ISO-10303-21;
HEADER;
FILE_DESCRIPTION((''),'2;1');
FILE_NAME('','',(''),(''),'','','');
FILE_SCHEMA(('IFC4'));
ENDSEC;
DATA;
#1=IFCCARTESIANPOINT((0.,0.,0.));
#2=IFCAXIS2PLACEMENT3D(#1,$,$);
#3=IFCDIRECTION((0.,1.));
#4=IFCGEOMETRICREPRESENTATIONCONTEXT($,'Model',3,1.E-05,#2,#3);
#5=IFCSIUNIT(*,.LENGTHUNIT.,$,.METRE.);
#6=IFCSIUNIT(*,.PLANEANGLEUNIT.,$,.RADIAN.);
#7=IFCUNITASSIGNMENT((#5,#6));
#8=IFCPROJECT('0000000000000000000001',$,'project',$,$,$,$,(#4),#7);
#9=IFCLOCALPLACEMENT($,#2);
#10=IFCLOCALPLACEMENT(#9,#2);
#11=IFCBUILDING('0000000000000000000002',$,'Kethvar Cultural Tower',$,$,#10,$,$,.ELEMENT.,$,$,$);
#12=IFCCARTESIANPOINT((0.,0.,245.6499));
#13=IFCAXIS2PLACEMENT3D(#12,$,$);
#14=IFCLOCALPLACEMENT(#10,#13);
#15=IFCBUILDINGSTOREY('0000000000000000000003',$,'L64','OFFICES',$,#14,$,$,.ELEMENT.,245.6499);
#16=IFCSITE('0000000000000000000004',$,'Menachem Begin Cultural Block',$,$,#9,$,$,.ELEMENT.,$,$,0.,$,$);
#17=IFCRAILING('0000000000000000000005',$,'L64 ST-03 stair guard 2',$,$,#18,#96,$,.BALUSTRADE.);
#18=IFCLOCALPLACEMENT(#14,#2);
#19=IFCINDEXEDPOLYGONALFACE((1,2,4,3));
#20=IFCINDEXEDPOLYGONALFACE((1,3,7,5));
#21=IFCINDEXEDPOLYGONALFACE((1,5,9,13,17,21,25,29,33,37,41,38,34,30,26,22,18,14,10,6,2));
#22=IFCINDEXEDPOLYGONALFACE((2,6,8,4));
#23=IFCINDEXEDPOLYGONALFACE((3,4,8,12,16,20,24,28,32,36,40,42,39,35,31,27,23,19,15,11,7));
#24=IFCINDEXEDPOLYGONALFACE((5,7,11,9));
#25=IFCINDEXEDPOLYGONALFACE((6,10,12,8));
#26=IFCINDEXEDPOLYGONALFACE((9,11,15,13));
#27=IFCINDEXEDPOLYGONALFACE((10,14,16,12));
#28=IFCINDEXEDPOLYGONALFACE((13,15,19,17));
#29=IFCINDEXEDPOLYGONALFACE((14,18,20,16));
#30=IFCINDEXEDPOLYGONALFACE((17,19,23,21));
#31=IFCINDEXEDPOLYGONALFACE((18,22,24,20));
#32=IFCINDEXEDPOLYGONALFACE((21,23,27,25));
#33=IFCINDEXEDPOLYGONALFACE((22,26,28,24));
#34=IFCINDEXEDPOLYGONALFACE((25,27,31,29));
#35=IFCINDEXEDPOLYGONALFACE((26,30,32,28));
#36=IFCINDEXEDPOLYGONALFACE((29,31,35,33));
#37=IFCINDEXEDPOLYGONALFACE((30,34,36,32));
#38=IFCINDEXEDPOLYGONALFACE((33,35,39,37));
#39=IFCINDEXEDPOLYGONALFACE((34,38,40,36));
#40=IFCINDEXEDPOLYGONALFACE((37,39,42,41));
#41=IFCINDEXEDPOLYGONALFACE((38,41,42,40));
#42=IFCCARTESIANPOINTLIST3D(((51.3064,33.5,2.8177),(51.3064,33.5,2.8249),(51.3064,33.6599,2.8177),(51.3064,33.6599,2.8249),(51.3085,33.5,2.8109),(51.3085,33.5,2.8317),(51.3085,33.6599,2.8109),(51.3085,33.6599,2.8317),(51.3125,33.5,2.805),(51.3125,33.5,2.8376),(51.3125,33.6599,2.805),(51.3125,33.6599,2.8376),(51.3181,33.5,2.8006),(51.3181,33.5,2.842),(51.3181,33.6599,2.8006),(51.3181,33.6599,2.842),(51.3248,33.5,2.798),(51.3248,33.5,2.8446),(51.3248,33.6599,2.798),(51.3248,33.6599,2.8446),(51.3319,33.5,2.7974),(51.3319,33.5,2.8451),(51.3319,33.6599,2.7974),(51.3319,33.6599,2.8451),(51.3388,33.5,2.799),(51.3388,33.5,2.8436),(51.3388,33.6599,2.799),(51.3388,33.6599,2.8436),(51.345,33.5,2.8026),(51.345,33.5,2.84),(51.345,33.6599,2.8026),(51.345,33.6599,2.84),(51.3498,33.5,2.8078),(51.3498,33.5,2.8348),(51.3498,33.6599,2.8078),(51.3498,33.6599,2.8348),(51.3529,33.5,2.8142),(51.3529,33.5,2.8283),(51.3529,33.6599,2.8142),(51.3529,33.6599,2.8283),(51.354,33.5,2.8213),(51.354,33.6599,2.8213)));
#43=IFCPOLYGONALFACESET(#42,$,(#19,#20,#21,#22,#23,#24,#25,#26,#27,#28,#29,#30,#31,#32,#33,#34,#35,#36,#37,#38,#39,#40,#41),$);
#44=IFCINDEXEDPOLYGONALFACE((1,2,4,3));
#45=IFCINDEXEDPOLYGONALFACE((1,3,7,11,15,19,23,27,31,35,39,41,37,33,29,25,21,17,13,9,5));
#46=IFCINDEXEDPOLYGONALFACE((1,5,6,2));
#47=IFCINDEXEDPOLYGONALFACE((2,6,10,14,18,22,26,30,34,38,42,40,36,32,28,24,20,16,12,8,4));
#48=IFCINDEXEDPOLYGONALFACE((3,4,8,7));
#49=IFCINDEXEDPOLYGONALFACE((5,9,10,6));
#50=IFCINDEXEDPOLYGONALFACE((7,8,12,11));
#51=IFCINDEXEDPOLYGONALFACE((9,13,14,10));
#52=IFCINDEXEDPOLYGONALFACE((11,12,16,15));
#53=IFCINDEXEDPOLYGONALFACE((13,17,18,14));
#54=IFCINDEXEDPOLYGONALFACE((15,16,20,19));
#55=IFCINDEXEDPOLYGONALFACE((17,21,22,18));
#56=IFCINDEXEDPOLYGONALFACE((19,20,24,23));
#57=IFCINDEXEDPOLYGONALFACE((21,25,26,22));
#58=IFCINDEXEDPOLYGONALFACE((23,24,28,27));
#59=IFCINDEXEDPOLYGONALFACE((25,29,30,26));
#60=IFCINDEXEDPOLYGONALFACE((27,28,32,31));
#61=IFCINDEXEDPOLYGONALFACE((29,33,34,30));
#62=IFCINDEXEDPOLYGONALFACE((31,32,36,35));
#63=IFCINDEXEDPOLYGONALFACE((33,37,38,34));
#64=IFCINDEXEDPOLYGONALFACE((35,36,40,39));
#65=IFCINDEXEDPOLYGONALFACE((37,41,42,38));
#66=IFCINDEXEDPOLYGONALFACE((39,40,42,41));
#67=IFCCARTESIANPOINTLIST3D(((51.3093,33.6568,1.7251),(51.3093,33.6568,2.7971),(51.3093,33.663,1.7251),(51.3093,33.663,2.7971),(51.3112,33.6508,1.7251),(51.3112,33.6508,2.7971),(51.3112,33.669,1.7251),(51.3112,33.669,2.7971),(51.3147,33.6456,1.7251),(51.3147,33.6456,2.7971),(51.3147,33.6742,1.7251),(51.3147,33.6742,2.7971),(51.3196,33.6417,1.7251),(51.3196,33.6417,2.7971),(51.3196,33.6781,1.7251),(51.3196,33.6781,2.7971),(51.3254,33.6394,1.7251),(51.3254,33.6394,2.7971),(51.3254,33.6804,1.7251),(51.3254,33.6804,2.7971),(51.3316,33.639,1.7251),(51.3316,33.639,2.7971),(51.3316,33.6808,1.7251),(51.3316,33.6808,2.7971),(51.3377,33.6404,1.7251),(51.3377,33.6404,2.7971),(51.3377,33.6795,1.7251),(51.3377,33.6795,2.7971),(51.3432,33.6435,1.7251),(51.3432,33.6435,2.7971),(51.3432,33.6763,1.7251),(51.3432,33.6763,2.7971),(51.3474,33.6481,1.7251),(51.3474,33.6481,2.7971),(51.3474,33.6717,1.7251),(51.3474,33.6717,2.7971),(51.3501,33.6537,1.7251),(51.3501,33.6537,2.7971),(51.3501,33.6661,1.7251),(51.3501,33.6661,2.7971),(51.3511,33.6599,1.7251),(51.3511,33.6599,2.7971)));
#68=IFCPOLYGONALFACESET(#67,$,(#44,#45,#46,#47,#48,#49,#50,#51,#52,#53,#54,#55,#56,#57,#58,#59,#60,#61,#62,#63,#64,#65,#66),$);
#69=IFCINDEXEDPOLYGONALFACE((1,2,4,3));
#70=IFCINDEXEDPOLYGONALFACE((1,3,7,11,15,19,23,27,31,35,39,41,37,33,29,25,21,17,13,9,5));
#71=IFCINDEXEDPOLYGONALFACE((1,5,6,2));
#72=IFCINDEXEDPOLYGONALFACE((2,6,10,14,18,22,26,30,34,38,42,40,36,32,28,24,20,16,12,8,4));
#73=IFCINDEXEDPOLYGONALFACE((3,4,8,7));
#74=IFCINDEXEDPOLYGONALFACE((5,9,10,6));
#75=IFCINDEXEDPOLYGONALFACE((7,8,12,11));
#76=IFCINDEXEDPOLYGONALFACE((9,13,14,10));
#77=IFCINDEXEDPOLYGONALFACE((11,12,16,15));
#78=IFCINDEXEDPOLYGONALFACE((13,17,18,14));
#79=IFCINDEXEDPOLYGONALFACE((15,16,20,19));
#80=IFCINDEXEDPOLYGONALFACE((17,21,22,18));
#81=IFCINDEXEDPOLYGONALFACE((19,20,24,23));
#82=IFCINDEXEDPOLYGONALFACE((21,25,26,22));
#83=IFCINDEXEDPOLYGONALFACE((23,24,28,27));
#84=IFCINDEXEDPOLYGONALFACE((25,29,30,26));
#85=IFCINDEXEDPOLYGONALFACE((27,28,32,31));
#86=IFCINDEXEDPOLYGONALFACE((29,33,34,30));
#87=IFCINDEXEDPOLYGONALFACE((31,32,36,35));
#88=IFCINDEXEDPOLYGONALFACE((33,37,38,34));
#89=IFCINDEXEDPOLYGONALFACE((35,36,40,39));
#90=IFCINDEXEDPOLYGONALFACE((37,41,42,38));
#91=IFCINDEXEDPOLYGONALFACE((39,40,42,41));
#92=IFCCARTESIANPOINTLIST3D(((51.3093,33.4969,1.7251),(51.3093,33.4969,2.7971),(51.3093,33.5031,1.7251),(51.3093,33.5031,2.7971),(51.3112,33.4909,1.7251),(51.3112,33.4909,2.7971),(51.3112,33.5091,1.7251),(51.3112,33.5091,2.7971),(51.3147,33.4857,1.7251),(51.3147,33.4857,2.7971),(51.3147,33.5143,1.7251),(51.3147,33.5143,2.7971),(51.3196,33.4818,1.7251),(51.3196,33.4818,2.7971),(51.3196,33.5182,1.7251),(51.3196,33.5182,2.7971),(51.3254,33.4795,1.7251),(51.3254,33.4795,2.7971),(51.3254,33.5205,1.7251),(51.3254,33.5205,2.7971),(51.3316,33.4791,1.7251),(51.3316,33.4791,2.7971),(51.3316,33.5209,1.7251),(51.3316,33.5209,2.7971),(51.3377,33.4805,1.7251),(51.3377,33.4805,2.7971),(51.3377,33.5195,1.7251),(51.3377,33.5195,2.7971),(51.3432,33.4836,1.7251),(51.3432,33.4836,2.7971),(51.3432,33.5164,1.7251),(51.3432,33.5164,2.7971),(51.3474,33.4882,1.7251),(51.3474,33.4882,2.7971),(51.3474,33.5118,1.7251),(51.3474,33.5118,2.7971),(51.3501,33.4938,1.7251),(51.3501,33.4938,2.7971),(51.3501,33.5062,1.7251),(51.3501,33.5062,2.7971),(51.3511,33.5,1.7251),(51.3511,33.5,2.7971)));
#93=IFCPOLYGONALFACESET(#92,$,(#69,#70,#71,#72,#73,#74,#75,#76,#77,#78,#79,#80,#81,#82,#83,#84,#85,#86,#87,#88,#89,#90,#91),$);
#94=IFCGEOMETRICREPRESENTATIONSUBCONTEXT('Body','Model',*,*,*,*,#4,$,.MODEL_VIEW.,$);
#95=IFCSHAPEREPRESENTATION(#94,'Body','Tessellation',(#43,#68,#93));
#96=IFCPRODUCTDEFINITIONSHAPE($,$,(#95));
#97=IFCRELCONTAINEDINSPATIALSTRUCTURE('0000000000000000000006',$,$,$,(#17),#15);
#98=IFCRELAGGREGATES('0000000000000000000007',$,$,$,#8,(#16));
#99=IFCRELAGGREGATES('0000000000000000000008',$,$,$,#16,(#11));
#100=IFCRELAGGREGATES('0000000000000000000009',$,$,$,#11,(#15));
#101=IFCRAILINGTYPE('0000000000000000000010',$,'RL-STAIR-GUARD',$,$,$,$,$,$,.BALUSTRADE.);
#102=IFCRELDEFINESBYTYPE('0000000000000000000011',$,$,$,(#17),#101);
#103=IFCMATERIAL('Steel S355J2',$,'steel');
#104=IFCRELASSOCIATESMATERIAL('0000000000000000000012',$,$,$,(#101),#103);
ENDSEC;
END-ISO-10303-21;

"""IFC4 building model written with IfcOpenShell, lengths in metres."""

from ifc_helpers import new_model, si_unit, direction, frame, origin, origin_2d, place, context, subcontext, project, spatial, circle, extrude, material, type_object, element, save


model = new_model("IFC4")

# Units and contexts
model_context = context("Model", 3, precision=1e-05, world=origin(), true_north=direction((0.0, 1.0)))
body_context = subcontext(model_context, "Body", "Model", "MODEL_VIEW")
ifc_project = project(units=[si_unit("LENGTHUNIT", "METRE"), si_unit("PLANEANGLEUNIT", "RADIAN")], contexts=[model_context])

# Site, building, storey
site_placement = place(None, origin())
site = spatial("IfcSite", under=ifc_project, at=site_placement, Name="Menachem Begin Cultural Block", CompositionType="ELEMENT", RefElevation=0.0)
building_placement = place(site_placement, origin())
building = spatial("IfcBuilding", under=site, at=building_placement, Name="Kethvar Cultural Tower", CompositionType="ELEMENT")
storey_placement = place(building_placement, frame((0.0, 0.0, 245.6499)))
storey = spatial("IfcBuildingStorey", under=building, at=storey_placement, Name="L64", Description="OFFICES", CompositionType="ELEMENT", Elevation=245.6499)

# Shared definitions
ifc_material_1 = material(Name="Steel S355J2", Category="steel")

# Railing
railing_type_1 = type_object("IfcRailingType", Name="RL-STAIR-GUARD", PredefinedType="BALUSTRADE", material=ifc_material_1)
railing_1_placement = place(storey_placement, frame((51.3301, 33.6599, 1.7251)))
element("IfcRailing", 1, at=railing_1_placement, inside=storey, type_object=railing_type_1, Name="L64 ST-03 stair guard 2", PredefinedType="BALUSTRADE", context=body_context, shape_type="SweptSolid", body=[
    extrude(circle(Radius=0.0239, at=origin_2d()), frame((0.0, 0.0, 1.0962), z_axis=(0.0, -1.0, 0.0), x_axis=(1.0, 0.0, 0.0)), (0.0, 0.0, 1.0), 0.1599),
    extrude(circle(Radius=0.021, at=origin_2d()), origin(), (0.0, 0.0, 1.0), 1.072),
    extrude(circle(Radius=0.021, at=origin_2d()), frame((0.0, -0.1599, 0.0)), (0.0, 0.0, 1.0), 1.072),
])

save(model, "model.ifc")
